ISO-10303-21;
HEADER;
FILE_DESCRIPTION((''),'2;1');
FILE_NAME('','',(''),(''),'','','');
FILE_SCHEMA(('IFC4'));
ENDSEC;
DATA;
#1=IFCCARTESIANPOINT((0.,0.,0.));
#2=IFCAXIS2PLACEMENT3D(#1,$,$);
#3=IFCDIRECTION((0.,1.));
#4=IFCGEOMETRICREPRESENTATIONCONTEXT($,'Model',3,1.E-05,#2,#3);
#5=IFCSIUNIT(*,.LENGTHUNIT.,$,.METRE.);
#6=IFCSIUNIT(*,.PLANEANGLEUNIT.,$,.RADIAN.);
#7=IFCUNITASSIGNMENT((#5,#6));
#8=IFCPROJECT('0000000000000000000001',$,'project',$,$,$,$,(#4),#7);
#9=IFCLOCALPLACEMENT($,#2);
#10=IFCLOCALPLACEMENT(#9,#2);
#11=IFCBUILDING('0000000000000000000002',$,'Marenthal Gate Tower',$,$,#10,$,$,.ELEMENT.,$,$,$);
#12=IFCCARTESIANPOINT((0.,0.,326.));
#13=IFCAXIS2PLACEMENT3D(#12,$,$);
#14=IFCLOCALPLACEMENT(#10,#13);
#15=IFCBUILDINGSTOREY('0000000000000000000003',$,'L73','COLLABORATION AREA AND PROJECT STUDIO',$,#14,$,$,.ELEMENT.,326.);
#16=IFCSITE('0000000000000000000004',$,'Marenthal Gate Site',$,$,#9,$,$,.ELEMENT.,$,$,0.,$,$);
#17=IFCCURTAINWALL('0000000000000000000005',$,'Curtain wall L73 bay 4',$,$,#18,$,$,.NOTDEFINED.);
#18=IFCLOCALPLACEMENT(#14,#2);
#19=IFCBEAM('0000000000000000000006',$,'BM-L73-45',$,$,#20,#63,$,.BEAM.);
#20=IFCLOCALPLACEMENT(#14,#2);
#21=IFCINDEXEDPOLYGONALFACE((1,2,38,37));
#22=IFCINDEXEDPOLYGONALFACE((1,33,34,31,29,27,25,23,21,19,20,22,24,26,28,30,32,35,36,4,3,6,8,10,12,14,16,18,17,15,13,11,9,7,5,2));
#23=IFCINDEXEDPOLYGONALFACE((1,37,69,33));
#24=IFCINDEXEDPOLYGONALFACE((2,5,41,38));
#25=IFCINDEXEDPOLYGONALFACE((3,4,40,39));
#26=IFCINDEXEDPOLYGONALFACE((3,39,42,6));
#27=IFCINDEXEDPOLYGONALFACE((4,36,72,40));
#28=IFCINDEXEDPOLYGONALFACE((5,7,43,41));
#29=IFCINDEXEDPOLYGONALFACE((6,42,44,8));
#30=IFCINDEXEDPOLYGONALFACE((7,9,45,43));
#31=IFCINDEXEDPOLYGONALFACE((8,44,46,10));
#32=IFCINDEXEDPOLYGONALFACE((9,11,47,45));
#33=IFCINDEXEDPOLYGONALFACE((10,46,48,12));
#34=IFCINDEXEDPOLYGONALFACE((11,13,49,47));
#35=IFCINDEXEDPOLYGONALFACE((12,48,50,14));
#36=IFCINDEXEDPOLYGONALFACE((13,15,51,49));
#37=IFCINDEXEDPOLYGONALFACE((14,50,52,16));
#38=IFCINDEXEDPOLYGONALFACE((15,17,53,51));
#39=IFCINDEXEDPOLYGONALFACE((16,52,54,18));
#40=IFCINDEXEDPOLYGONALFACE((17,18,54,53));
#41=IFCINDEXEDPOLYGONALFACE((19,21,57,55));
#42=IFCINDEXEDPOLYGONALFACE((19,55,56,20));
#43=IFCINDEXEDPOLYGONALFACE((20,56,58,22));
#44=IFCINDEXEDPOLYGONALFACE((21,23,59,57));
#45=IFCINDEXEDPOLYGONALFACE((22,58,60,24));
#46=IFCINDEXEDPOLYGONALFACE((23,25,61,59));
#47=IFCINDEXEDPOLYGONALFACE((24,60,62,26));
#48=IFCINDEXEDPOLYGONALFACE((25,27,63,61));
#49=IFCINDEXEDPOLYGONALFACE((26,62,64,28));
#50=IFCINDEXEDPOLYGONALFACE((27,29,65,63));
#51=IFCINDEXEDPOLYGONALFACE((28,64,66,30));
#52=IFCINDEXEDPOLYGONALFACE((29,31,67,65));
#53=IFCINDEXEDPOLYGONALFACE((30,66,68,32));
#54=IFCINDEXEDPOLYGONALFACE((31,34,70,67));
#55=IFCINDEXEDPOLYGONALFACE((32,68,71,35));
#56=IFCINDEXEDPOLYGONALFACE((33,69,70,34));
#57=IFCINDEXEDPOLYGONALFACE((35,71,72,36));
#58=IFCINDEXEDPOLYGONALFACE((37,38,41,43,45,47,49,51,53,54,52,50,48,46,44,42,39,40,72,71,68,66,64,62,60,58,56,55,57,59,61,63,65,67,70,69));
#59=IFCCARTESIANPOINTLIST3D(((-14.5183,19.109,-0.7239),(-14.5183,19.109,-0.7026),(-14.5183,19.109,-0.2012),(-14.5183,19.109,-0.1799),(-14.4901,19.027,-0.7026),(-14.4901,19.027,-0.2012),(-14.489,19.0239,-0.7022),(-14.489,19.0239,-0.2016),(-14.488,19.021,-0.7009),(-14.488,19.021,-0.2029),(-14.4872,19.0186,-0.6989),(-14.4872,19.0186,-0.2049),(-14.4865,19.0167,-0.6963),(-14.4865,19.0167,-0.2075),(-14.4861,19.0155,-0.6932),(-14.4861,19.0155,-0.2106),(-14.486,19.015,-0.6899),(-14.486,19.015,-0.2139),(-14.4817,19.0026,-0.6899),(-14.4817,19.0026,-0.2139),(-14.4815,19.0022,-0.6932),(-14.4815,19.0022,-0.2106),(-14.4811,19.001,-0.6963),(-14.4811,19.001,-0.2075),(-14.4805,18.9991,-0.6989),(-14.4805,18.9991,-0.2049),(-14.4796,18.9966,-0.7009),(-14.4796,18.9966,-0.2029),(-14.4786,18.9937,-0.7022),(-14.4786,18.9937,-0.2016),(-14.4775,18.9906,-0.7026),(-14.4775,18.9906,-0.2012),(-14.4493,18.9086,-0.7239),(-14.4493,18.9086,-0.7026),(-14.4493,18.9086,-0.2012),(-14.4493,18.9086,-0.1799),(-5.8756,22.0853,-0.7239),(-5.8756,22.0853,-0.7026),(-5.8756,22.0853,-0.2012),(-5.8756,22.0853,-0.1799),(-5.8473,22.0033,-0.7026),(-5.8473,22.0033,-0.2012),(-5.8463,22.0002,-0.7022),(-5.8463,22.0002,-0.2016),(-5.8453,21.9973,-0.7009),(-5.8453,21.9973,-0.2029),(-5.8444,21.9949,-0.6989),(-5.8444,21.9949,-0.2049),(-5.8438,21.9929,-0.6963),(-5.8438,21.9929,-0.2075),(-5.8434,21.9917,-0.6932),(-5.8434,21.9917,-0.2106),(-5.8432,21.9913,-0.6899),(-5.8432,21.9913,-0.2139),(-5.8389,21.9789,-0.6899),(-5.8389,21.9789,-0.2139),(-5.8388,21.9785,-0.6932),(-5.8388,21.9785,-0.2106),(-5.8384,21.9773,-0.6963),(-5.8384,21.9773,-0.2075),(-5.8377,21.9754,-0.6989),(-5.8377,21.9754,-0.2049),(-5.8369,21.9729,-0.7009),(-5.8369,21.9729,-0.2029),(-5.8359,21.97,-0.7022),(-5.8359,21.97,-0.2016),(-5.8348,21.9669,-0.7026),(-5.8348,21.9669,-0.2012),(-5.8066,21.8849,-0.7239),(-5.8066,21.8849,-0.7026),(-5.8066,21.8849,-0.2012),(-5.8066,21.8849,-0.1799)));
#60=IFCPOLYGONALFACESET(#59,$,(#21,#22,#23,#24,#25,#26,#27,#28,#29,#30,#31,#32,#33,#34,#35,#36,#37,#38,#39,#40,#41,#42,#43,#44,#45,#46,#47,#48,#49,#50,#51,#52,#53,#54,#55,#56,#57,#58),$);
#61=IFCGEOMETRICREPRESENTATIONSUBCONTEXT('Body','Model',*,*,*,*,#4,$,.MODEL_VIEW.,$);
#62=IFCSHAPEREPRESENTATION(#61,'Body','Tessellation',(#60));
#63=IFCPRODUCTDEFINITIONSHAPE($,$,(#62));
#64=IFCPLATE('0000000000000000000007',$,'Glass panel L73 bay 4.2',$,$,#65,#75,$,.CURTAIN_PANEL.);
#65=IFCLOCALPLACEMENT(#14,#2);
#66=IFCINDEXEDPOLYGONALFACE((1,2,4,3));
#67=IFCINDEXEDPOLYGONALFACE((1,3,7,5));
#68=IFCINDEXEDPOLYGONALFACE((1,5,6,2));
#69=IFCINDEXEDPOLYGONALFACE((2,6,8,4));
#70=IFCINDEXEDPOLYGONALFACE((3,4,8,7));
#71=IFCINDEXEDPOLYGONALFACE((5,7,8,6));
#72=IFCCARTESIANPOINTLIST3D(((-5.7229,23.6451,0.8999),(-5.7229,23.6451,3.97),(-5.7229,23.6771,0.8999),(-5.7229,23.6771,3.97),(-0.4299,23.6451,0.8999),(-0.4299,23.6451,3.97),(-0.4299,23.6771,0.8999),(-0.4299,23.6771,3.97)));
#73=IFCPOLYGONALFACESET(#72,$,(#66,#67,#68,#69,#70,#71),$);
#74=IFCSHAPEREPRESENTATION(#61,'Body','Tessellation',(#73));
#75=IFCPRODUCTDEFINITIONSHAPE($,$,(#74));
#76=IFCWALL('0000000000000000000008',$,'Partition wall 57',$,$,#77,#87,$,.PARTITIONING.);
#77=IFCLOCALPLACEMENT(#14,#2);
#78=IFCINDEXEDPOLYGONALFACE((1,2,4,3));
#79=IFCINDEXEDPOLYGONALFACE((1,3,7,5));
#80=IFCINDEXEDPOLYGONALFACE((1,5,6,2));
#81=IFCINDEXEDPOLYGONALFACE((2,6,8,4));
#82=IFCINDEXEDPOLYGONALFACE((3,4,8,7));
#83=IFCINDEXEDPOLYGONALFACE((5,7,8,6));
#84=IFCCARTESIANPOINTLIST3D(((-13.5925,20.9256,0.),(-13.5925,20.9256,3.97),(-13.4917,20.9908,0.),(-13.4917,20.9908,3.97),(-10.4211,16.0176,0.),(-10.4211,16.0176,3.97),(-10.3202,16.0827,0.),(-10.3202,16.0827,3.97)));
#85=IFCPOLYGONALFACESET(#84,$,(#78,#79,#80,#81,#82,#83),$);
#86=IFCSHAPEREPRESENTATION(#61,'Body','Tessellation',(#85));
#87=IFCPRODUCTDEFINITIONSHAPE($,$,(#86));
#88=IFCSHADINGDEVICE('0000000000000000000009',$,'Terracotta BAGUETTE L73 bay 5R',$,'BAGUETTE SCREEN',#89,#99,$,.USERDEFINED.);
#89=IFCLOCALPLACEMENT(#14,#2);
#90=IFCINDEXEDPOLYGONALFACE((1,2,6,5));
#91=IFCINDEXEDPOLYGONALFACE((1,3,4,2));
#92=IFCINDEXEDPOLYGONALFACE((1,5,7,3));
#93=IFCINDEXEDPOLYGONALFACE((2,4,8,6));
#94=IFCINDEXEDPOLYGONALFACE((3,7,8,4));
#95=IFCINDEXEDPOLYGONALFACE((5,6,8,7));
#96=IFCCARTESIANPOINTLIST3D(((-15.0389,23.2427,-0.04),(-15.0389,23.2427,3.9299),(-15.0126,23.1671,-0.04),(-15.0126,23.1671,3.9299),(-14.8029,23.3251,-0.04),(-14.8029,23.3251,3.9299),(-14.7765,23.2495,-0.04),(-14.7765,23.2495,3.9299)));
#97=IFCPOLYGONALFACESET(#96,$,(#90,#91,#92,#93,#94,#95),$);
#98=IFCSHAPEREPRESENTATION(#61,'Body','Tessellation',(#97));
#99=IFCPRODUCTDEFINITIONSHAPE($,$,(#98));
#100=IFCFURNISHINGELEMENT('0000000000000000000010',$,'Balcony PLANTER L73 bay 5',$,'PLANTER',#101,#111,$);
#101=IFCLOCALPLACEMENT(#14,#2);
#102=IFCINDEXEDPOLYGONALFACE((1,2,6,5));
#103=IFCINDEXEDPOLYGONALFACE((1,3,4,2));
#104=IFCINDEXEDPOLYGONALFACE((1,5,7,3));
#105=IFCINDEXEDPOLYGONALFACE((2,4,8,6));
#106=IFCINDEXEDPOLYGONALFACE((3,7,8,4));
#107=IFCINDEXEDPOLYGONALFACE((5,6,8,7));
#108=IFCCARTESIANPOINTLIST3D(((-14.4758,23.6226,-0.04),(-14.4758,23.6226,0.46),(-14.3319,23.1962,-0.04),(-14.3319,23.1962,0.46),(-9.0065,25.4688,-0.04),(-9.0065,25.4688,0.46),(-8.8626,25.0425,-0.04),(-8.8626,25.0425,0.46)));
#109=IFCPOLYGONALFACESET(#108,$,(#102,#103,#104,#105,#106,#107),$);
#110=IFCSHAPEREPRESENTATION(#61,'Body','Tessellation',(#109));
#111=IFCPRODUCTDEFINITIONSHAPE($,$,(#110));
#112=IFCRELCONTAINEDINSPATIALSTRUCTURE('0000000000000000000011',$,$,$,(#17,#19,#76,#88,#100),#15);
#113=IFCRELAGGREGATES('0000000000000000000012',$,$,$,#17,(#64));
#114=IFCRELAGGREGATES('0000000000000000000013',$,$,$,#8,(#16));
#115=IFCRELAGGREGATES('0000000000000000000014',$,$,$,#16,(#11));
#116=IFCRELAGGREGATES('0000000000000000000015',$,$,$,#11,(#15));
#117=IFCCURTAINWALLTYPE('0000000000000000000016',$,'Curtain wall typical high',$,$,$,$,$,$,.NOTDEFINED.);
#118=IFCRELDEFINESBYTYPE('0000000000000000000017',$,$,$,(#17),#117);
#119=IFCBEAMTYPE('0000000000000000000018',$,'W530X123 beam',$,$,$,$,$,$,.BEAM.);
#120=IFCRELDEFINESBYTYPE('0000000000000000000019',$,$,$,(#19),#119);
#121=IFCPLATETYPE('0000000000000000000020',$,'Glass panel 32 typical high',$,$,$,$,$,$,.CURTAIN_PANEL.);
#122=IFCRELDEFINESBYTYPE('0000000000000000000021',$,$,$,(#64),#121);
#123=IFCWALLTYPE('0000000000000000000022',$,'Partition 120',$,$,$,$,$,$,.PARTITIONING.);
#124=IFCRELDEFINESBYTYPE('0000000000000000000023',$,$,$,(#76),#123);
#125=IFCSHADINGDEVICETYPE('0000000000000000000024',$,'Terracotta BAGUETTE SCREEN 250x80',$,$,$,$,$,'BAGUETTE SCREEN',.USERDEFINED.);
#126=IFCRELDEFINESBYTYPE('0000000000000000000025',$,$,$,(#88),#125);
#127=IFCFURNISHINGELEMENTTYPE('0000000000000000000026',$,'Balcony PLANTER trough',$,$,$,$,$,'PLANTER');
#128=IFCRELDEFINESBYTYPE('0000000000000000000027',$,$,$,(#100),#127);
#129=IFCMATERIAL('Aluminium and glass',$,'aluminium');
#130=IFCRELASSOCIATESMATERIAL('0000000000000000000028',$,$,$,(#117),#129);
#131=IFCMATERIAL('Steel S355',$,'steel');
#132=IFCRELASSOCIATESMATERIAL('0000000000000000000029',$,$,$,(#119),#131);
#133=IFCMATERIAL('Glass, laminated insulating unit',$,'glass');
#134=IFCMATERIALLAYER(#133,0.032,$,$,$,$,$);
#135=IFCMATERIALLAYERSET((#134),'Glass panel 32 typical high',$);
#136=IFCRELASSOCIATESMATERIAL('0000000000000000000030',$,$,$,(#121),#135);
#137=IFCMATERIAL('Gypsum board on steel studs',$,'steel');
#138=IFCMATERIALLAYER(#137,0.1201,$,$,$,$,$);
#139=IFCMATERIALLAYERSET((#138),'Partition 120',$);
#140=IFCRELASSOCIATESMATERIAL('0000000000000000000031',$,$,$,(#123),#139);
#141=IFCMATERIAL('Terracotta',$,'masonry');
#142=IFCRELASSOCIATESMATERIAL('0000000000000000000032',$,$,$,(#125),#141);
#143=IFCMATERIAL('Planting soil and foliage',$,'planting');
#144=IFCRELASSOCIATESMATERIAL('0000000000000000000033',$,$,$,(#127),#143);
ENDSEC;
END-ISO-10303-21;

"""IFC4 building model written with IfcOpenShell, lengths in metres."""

from ifc_helpers import new_model, si_unit, direction, frame, frame_2d, origin, origin_2d, place, context, subcontext, project, spatial, rectangle, i_section, extrude, material, layer, layer_set, material_profile, profile_set, type_object, element, aggregate, save


model = new_model("IFC4")

# Units and contexts
model_context = context("Model", 3, precision=1e-05, world=origin(), true_north=direction((0.0, 1.0)))
body_context = subcontext(model_context, "Body", "Model", "MODEL_VIEW")
ifc_project = project(units=[si_unit("LENGTHUNIT", "METRE"), si_unit("PLANEANGLEUNIT", "RADIAN")], contexts=[model_context])

# Site, building, storey
site_placement = place(None, origin())
site = spatial("IfcSite", under=ifc_project, at=site_placement, Name="Marenthal Gate Site", CompositionType="ELEMENT", RefElevation=0.0)
building_placement = place(site_placement, origin())
building = spatial("IfcBuilding", under=site, at=building_placement, Name="Marenthal Gate Tower", CompositionType="ELEMENT")
storey_placement = place(building_placement, frame((0.0, 0.0, 326.0)))
storey = spatial("IfcBuildingStorey", under=building, at=storey_placement, Name="L73", Description="COLLABORATION AREA AND PROJECT STUDIO", CompositionType="ELEMENT", Elevation=326.0)

# Curtain wall
ifc_material_1 = material(Name="Aluminium and glass", Category="aluminium")
curtain_wall_type = type_object("IfcCurtainWallType", Name="Curtain wall typical high", PredefinedType="NOTDEFINED", material=ifc_material_1)
curtain_wall_placement = place(storey_placement, origin())
curtain_wall = element("IfcCurtainWall", 1, at=curtain_wall_placement, inside=storey, type_object=curtain_wall_type, Name="Curtain wall L73 bay 4", PredefinedType="NOTDEFINED")

# Beam
ifc_material_2 = material(Name="Steel S355", Category="steel")
ifc_material_profile_1 = material_profile(ifc_material_2, i_section(OverallWidth=0.2119, OverallDepth=0.5439, WebThickness=0.0132, FlangeThickness=0.0212, FilletRadius=0.0127, at=origin_2d()), Name="W530X123")
ifc_profile_set_1 = profile_set([ifc_material_profile_1], Name="Steel S355")
beam_type_1 = type_object("IfcBeamType", Name="W530X123 beam", PredefinedType="BEAM", material=ifc_profile_set_1)
beam_1_placement = place(storey_placement, frame((-5.8411, 21.9851, -0.4519), z_axis=(-0.945507, -0.325603, 0.0), x_axis=(0.325603, -0.945507, 0.0)))
element("IfcBeam", 2, at=beam_1_placement, inside=storey, type_object=beam_type_1, Name="BM-L73-45", PredefinedType="BEAM", context=body_context, shape_type="SweptSolid", body=[
    extrude(i_section(OverallWidth=0.2119, OverallDepth=0.5439, WebThickness=0.0132, FlangeThickness=0.0212, FilletRadius=0.0127, at=origin_2d()), origin(), (0.0, 0.0, 1.0), 9.1409),
])

# Plate
ifc_material_3 = material(Name="Glass, laminated insulating unit", Category="glass")
ifc_layer_1 = layer(ifc_material_3, 0.032)
ifc_layer_set_1 = layer_set([ifc_layer_1], Name="Glass panel 32 typical high")
plate_type = type_object("IfcPlateType", Name="Glass panel 32 typical high", PredefinedType="CURTAIN_PANEL", material=ifc_layer_set_1)
plate_placement = place(storey_placement, frame((-3.0764, 23.6611, 0.8999), z_axis=(0.0, 0.0, 1.0), x_axis=(-1.0, 0.0, 0.0)))
plate = element("IfcPlate", 3, at=plate_placement, type_object=plate_type, Name="Glass panel L73 bay 4.2", PredefinedType="CURTAIN_PANEL", context=body_context, shape_type="SweptSolid", body=[
    extrude(rectangle(XDim=5.293, YDim=0.032, at=origin_2d()), origin(), (0.0, 0.0, 1.0), 3.0701),
])
aggregate(curtain_wall, [plate])

# Wall
ifc_material_4 = material(Name="Gypsum board on steel studs", Category="steel")
ifc_layer_2 = layer(ifc_material_4, 0.1201)
ifc_layer_set_2 = layer_set([ifc_layer_2], Name="Partition 120")
wall_type_1 = type_object("IfcWallType", Name="Partition 120", PredefinedType="PARTITIONING", material=ifc_layer_set_2)
wall_1_placement = place(storey_placement, frame((-10.3706, 16.05, 0.0), z_axis=(0.0, 0.0, 1.0), x_axis=(-0.542726, 0.83991, 0.0)))
element("IfcWall", 4, at=wall_1_placement, inside=storey, type_object=wall_type_1, Name="Partition wall 57", PredefinedType="PARTITIONING", context=body_context, shape_type="SweptSolid", body=[
    extrude(rectangle(XDim=5.8435, YDim=0.1201, at=frame_2d((2.9219, 0.0))), origin(), (0.0, 0.0, 1.0), 3.97),
])

# Shading device
ifc_material_5 = material(Name="Terracotta", Category="masonry")
ifc_material_profile_2 = material_profile(ifc_material_5, rectangle(XDim=0.25, YDim=0.0801, at=origin_2d()), Name="Terracotta baguette 250x80")
ifc_profile_set_2 = profile_set([ifc_material_profile_2], Name="Terracotta")
shading_device_type = type_object("IfcShadingDeviceType", Name="Terracotta BAGUETTE SCREEN 250x80", ElementType="BAGUETTE SCREEN", PredefinedType="USERDEFINED", material=ifc_profile_set_2)
shading_device_placement = place(storey_placement, frame((-14.9077, 23.2461, -0.04), z_axis=(0.0, 0.0, 1.0), x_axis=(-0.944214, -0.329333, 0.0)))
element("IfcShadingDevice", 5, at=shading_device_placement, inside=storey, type_object=shading_device_type, Name="Terracotta BAGUETTE L73 bay 5R", ObjectType="BAGUETTE SCREEN", PredefinedType="USERDEFINED", context=body_context, shape_type="SweptSolid", body=[
    extrude(rectangle(XDim=0.25, YDim=0.0801, at=origin_2d()), origin(), (0.0, 0.0, 1.0), 3.97),
])

# Furnishing element
ifc_material_6 = material(Name="Planting soil and foliage", Category="planting")
furnishing_element_type = type_object("IfcFurnishingElementType", Name="Balcony PLANTER trough", ElementType="PLANTER", material=ifc_material_6)
furnishing_placement = place(storey_placement, frame((-11.6692, 24.3325, -0.04), z_axis=(0.0, 0.0, 1.0), x_axis=(-0.947473, -0.319835, 0.0)))
element("IfcFurnishingElement", 6, at=furnishing_placement, inside=storey, type_object=furnishing_element_type, Name="Balcony PLANTER L73 bay 5", ObjectType="PLANTER", context=body_context, shape_type="SweptSolid", body=[
    extrude(rectangle(XDim=5.7725, YDim=0.45, at=origin_2d()), origin(), (0.0, 0.0, 1.0), 0.5),
])

save(model, "model.ifc")
